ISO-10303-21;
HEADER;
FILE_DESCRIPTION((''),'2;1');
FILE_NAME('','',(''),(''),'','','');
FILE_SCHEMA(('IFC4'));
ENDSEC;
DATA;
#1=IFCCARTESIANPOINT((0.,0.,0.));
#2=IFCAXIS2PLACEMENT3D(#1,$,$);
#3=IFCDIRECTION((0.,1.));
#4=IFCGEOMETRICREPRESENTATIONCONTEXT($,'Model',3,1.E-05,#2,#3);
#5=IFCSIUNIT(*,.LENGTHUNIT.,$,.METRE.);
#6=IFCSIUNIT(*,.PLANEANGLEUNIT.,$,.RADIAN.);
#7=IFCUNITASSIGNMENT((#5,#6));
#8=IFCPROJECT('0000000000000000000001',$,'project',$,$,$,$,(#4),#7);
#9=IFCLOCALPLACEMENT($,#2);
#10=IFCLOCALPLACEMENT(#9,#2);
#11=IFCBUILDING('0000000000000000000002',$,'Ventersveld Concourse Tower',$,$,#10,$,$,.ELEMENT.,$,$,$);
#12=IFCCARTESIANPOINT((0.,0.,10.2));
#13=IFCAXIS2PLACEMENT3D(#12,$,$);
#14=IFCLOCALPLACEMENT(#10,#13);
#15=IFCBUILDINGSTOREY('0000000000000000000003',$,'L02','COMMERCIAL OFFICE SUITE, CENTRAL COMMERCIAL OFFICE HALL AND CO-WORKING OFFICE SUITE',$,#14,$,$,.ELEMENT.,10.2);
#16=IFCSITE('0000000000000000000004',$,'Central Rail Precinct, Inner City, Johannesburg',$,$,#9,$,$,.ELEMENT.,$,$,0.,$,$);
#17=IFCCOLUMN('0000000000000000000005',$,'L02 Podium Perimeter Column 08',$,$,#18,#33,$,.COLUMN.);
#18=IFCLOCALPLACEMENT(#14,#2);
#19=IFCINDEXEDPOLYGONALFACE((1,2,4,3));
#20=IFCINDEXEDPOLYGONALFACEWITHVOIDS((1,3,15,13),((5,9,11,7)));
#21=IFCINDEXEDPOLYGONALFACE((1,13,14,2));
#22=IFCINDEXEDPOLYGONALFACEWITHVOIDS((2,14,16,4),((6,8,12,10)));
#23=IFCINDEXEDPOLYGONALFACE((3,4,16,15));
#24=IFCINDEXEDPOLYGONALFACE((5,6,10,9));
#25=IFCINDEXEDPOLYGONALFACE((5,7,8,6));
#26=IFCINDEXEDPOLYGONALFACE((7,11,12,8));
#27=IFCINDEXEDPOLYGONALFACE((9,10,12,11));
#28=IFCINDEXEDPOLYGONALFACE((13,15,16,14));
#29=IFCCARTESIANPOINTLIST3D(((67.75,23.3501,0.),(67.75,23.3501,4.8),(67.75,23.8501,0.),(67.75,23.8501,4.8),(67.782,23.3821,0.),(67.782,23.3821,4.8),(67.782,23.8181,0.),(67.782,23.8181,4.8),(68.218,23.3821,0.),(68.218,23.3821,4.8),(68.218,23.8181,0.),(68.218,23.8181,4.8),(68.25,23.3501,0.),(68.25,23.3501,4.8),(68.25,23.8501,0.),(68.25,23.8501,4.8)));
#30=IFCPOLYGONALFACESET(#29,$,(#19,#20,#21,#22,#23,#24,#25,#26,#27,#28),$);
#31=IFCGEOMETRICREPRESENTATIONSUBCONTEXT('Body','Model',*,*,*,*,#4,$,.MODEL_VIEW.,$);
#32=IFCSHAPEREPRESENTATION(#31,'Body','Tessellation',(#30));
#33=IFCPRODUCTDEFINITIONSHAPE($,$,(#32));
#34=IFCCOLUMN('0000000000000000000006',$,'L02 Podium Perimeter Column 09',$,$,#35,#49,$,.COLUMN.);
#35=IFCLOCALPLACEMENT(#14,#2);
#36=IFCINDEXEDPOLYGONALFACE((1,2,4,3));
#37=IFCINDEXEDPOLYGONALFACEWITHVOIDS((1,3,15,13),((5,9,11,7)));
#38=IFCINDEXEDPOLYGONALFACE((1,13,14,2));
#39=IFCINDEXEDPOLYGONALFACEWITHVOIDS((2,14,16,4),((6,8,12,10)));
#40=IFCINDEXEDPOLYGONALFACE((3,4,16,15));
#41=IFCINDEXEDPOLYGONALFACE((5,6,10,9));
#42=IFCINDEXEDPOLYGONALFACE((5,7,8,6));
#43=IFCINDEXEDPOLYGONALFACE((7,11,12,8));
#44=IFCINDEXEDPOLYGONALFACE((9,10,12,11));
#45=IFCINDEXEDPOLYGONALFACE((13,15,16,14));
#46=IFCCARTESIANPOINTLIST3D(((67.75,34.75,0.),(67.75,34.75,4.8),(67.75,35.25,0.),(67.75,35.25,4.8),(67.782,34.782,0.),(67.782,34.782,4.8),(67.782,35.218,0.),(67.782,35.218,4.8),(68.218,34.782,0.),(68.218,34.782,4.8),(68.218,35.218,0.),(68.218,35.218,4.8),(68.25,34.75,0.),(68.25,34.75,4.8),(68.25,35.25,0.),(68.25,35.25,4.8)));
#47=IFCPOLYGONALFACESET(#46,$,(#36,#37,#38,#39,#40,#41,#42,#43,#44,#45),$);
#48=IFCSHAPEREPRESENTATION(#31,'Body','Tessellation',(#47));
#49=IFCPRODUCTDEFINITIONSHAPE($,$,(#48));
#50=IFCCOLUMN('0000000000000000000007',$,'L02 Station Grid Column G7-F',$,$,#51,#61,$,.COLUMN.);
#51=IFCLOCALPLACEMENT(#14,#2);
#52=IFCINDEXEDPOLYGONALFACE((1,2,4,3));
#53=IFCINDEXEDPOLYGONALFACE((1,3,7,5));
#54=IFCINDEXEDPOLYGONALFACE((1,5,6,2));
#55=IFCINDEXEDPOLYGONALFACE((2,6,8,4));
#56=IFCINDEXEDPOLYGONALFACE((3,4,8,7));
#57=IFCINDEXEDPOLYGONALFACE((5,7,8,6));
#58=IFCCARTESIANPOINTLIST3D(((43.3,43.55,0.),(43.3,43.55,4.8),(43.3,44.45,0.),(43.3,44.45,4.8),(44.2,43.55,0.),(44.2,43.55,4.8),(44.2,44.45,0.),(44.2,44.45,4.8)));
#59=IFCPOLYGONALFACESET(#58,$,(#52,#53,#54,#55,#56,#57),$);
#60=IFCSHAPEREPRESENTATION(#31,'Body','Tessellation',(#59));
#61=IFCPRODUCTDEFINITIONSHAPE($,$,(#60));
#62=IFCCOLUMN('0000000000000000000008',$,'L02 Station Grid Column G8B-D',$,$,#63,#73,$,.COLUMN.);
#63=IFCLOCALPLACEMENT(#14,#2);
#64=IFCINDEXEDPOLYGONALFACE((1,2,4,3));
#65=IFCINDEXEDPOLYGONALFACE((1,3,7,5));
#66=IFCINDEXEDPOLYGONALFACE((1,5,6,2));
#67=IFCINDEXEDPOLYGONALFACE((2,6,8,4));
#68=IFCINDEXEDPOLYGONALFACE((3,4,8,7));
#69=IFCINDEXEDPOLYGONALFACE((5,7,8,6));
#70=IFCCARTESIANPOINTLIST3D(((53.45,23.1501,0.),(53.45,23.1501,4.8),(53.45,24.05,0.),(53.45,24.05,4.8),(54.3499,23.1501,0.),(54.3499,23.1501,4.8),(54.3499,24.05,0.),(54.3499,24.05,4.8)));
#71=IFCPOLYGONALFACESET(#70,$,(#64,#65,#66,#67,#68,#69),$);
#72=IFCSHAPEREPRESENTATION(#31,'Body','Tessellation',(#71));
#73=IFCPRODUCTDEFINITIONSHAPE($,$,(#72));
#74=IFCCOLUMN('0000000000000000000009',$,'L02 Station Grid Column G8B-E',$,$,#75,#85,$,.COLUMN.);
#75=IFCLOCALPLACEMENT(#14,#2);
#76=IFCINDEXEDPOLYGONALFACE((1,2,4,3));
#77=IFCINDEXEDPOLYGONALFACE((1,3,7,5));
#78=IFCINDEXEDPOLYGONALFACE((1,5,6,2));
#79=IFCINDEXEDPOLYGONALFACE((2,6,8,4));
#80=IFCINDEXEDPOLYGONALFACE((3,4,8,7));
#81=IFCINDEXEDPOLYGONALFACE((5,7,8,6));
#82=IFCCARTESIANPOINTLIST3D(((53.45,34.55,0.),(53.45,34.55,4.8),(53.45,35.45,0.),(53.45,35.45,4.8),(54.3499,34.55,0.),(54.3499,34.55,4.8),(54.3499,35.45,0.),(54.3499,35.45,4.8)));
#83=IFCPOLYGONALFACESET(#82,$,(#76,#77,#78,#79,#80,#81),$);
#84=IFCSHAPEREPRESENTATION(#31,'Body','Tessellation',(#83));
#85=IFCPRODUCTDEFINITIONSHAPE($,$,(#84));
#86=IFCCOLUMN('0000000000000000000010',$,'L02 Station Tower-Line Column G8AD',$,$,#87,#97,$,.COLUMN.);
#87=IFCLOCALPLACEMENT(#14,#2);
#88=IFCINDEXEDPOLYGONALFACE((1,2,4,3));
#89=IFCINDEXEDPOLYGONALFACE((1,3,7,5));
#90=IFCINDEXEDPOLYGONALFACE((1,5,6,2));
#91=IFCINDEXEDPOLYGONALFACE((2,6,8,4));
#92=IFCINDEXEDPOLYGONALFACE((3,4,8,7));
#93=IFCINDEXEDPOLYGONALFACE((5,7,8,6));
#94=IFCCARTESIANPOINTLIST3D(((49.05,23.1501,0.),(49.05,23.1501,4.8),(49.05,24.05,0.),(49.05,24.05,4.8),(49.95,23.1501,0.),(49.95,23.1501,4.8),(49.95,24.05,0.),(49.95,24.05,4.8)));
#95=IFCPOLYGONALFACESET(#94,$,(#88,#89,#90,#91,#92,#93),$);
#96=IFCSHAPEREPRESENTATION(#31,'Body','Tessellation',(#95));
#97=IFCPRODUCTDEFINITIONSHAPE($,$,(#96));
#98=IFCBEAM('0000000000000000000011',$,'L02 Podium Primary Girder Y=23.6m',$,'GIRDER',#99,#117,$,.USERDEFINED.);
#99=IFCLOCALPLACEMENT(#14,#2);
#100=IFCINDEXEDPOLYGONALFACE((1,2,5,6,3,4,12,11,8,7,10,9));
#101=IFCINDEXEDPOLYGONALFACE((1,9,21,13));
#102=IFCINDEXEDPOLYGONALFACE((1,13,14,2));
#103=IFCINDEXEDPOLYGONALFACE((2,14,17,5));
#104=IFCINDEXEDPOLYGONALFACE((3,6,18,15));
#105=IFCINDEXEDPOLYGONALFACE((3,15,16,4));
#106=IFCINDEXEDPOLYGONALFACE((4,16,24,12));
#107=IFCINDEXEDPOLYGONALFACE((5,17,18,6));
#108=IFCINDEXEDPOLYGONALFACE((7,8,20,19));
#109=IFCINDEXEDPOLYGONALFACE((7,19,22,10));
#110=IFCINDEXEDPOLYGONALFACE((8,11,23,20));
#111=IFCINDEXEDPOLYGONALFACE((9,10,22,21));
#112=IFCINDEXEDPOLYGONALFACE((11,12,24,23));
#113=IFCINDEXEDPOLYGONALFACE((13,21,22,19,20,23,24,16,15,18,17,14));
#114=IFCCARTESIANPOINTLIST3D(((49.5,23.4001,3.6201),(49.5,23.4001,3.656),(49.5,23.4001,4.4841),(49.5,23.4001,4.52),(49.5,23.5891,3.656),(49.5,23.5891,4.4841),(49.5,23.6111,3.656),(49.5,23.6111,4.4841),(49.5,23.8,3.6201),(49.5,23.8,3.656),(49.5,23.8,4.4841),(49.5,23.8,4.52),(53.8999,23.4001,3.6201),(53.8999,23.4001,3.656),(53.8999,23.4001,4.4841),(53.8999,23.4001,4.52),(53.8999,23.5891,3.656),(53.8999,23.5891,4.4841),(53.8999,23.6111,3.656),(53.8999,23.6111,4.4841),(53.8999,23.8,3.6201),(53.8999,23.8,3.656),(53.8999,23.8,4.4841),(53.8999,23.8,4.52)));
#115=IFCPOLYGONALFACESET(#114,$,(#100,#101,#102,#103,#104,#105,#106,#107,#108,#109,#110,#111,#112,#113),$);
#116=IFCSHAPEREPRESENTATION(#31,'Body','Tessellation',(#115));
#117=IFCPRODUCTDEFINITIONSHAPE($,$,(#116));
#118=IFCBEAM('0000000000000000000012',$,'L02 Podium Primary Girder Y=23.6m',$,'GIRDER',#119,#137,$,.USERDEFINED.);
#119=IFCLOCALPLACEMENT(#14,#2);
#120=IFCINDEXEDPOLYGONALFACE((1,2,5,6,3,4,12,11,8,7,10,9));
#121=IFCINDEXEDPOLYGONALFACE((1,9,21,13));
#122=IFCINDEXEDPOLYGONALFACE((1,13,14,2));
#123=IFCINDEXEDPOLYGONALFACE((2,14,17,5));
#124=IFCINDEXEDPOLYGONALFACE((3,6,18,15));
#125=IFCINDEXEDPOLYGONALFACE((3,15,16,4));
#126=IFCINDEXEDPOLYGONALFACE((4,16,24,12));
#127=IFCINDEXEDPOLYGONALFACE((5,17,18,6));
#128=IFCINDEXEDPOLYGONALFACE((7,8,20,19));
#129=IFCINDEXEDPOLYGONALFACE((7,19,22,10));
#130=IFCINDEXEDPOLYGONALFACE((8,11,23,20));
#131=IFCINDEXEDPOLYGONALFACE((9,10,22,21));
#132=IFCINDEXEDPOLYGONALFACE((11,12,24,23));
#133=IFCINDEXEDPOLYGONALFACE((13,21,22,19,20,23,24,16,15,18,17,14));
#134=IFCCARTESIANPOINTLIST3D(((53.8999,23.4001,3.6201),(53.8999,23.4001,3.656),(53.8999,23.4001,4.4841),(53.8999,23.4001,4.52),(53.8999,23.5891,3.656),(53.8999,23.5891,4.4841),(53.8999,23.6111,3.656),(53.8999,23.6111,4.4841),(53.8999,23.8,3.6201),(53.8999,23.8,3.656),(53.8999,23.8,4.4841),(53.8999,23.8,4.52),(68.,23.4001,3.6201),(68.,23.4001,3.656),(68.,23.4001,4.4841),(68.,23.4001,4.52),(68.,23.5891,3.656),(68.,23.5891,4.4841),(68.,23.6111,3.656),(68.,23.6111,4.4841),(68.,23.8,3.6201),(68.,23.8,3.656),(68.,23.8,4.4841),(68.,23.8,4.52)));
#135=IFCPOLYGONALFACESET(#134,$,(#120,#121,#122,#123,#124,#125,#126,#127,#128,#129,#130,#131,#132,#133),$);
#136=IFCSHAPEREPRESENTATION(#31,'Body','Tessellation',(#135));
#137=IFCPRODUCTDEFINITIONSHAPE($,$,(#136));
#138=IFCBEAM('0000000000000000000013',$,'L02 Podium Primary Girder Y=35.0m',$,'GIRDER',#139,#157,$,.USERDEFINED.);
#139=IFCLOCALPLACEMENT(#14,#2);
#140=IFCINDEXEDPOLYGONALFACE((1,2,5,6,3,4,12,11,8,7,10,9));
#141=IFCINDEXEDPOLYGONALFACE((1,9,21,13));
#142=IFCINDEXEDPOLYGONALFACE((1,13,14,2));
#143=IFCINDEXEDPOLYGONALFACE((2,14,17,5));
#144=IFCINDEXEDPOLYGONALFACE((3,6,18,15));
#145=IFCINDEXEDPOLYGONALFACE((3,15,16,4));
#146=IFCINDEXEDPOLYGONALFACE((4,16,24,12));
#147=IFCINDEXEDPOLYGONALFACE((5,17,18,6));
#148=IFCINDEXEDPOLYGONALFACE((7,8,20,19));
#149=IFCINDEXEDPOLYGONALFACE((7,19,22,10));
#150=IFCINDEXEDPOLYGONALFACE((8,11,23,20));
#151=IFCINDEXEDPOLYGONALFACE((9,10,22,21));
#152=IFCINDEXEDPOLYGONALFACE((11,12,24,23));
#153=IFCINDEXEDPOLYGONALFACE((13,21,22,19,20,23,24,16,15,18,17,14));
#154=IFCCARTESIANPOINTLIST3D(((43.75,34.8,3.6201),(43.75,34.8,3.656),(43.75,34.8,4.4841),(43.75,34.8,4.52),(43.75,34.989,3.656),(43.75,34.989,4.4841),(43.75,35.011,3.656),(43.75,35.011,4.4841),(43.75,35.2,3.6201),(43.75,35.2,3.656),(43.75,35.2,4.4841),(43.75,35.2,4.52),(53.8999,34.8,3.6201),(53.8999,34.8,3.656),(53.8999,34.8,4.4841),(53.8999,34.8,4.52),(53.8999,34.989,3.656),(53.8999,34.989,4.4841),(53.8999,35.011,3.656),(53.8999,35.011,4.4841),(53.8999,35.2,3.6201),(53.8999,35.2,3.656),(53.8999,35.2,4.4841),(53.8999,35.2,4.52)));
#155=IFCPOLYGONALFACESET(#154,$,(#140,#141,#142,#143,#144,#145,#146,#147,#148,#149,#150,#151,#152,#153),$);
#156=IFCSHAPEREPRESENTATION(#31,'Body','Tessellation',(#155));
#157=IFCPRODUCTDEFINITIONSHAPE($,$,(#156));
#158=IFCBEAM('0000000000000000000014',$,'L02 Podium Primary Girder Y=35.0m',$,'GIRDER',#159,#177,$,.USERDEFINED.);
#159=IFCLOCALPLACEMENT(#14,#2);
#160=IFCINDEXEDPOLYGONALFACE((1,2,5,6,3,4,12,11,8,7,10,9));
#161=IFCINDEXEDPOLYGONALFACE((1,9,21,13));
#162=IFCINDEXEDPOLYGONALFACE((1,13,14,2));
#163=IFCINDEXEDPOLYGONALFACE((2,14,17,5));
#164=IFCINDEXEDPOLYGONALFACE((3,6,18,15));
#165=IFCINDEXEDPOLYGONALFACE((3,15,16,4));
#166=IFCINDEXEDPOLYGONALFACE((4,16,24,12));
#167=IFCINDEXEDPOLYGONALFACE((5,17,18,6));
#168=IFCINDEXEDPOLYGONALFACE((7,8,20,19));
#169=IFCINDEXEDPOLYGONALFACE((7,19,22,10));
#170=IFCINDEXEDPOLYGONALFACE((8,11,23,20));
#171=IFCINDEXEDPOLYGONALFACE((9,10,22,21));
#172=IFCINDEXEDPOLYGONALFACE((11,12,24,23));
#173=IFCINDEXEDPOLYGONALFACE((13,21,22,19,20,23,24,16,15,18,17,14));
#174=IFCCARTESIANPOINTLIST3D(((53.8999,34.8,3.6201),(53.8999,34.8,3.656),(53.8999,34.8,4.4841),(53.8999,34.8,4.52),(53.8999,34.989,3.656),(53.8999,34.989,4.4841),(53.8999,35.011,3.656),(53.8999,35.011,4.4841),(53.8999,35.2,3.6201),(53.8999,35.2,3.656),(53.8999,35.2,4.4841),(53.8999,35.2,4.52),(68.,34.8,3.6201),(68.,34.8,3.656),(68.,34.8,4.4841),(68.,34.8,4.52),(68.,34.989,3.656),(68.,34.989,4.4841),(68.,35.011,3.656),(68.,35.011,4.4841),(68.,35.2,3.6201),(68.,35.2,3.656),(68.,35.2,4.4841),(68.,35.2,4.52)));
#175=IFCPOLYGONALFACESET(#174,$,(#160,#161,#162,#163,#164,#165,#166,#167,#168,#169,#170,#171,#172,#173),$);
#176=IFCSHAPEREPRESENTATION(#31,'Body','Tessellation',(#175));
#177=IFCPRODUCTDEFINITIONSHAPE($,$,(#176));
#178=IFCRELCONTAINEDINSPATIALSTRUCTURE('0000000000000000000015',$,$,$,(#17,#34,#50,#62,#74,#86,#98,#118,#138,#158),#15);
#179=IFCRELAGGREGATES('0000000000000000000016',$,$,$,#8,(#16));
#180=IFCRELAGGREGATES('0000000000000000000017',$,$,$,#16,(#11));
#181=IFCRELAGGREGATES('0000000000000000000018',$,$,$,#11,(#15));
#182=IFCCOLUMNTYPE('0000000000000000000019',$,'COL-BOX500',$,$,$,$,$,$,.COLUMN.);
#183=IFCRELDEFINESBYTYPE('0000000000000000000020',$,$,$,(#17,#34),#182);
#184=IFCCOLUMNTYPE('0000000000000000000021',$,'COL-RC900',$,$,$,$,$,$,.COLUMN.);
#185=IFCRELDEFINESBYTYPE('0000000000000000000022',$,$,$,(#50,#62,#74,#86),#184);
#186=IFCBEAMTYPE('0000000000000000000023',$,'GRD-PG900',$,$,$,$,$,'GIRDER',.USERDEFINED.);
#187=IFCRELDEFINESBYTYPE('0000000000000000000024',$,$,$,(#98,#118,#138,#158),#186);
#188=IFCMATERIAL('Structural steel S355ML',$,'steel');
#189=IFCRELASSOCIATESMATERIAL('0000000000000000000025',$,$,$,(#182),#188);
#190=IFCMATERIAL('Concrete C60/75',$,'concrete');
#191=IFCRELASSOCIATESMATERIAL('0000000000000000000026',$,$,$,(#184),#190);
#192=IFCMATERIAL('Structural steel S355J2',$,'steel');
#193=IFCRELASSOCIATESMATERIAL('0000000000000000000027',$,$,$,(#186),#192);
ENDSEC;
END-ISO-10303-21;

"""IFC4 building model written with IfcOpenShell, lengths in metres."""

from ifc_helpers import new_model, si_unit, direction, frame, origin, origin_2d, place, context, subcontext, project, spatial, rectangle, hollow_rectangle, i_section, extrude, material, material_profile, profile_set, type_object, element, save


model = new_model("IFC4")

# Units and contexts
model_context = context("Model", 3, precision=1e-05, world=origin(), true_north=direction((0.0, 1.0)))
body_context = subcontext(model_context, "Body", "Model", "MODEL_VIEW")
ifc_project = project(units=[si_unit("LENGTHUNIT", "METRE"), si_unit("PLANEANGLEUNIT", "RADIAN")], contexts=[model_context])

# Site, building, storey
site_placement = place(None, origin())
site = spatial("IfcSite", under=ifc_project, at=site_placement, Name="Central Rail Precinct, Inner City, Johannesburg", CompositionType="ELEMENT", RefElevation=0.0)
building_placement = place(site_placement, origin())
building = spatial("IfcBuilding", under=site, at=building_placement, Name="Ventersveld Concourse Tower", CompositionType="ELEMENT")
storey_placement = place(building_placement, frame((0.0, 0.0, 10.2)))
storey = spatial("IfcBuildingStorey", under=building, at=storey_placement, Name="L02", Description="COMMERCIAL OFFICE SUITE, CENTRAL COMMERCIAL OFFICE HALL AND CO-WORKING OFFICE SUITE", CompositionType="ELEMENT", Elevation=10.2)

# Columns
ifc_material_1 = material(Name="Structural steel S355ML", Category="steel")
ifc_material_profile_1 = material_profile(ifc_material_1, hollow_rectangle(XDim=0.5, YDim=0.5, WallThickness=0.032, at=origin_2d()), Name="BOX 500x500x32")
ifc_profile_set_1 = profile_set([ifc_material_profile_1], Name="Structural steel S355ML")
column_type_1 = type_object("IfcColumnType", Name="COL-BOX500", PredefinedType="COLUMN", material=ifc_profile_set_1)
for number, where, z_axis, x_axis, name in (
    (1, (68.0, 23.6001, 0.0), (0.0, 0.0, 1.0), (1.0, 0.0, 0.0), "L02 Podium Perimeter Column 08"),
    (2, (68.0, 35.0, 0.0), (0.0, 0.0, 1.0), (1.0, 0.0, 0.0), "L02 Podium Perimeter Column 09"),
):
    element("IfcColumn", number, at=place(storey_placement, frame(where, z_axis=z_axis, x_axis=x_axis)), inside=storey, type_object=column_type_1, Name=name, PredefinedType="COLUMN", context=body_context, shape_type="SweptSolid", body=[
        extrude(hollow_rectangle(XDim=0.5, YDim=0.5, WallThickness=0.032, at=origin_2d()), origin(), (0.0, 0.0, 1.0), 4.8),
    ])
ifc_material_2 = material(Name="Concrete C60/75", Category="concrete")
ifc_material_profile_2 = material_profile(ifc_material_2, rectangle(XDim=0.8999, YDim=0.8999, at=origin_2d()), Name="RC 900x900")
ifc_profile_set_2 = profile_set([ifc_material_profile_2], Name="Concrete C60/75")
column_type_2 = type_object("IfcColumnType", Name="COL-RC900", PredefinedType="COLUMN", material=ifc_profile_set_2)
for number, where, z_axis, x_axis, name in (
    (3, (43.75, 44.0, 0.0), (0.0, 0.0, 1.0), (1.0, 0.0, 0.0), "L02 Station Grid Column G7-F"),
    (4, (53.8999, 23.6001, 0.0), (0.0, 0.0, 1.0), (1.0, 0.0, 0.0), "L02 Station Grid Column G8B-D"),
    (5, (53.8999, 35.0, 0.0), (0.0, 0.0, 1.0), (1.0, 0.0, 0.0), "L02 Station Grid Column G8B-E"),
    (6, (49.5, 23.6001, 0.0), (0.0, 0.0, 1.0), (1.0, 0.0, 0.0), "L02 Station Tower-Line Column G8AD"),
):
    element("IfcColumn", number, at=place(storey_placement, frame(where, z_axis=z_axis, x_axis=x_axis)), inside=storey, type_object=column_type_2, Name=name, PredefinedType="COLUMN", context=body_context, shape_type="SweptSolid", body=[
        extrude(rectangle(XDim=0.8999, YDim=0.8999, at=origin_2d()), origin(), (0.0, 0.0, 1.0), 4.8),
    ])

# Beams
ifc_material_3 = material(Name="Structural steel S355J2", Category="steel")
ifc_material_profile_3 = material_profile(ifc_material_3, i_section(OverallWidth=0.3999, OverallDepth=0.8999, WebThickness=0.022, FlangeThickness=0.0359, at=origin_2d()), Name="PG 900x400x36")
ifc_profile_set_3 = profile_set([ifc_material_profile_3], Name="Structural steel S355J2")
beam_type_1 = type_object("IfcBeamType", Name="GRD-PG900", ElementType="GIRDER", PredefinedType="USERDEFINED", material=ifc_profile_set_3)
beam_1_placement = place(storey_placement, frame((49.5, 23.6001, 4.0701), z_axis=(1.0, 0.0, 0.0), x_axis=(0.0, 1.0, 0.0)))
element("IfcBeam", 7, at=beam_1_placement, inside=storey, type_object=beam_type_1, Name="L02 Podium Primary Girder Y=23.6m", ObjectType="GIRDER", PredefinedType="USERDEFINED", context=body_context, shape_type="SweptSolid", body=[
    extrude(i_section(OverallWidth=0.3999, OverallDepth=0.8999, WebThickness=0.022, FlangeThickness=0.0359, at=origin_2d()), origin(), (0.0, 0.0, 1.0), 4.3999),
])
beam_2_placement = place(storey_placement, frame((53.8999, 23.6001, 4.0701), z_axis=(1.0, 0.0, 0.0), x_axis=(0.0, 1.0, 0.0)))
element("IfcBeam", 8, at=beam_2_placement, inside=storey, type_object=beam_type_1, Name="L02 Podium Primary Girder Y=23.6m", ObjectType="GIRDER", PredefinedType="USERDEFINED", context=body_context, shape_type="SweptSolid", body=[
    extrude(i_section(OverallWidth=0.3999, OverallDepth=0.8999, WebThickness=0.022, FlangeThickness=0.0359, at=origin_2d()), origin(), (0.0, 0.0, 1.0), 14.1001),
])
beam_3_placement = place(storey_placement, frame((43.75, 35.0, 4.0701), z_axis=(1.0, 0.0, 0.0), x_axis=(0.0, 1.0, 0.0)))
element("IfcBeam", 9, at=beam_3_placement, inside=storey, type_object=beam_type_1, Name="L02 Podium Primary Girder Y=35.0m", ObjectType="GIRDER", PredefinedType="USERDEFINED", context=body_context, shape_type="SweptSolid", body=[
    extrude(i_section(OverallWidth=0.3999, OverallDepth=0.8999, WebThickness=0.022, FlangeThickness=0.0359, at=origin_2d()), origin(), (0.0, 0.0, 1.0), 10.1499),
])
beam_4_placement = place(storey_placement, frame((53.8999, 35.0, 4.0701), z_axis=(1.0, 0.0, 0.0), x_axis=(0.0, 1.0, 0.0)))
element("IfcBeam", 10, at=beam_4_placement, inside=storey, type_object=beam_type_1, Name="L02 Podium Primary Girder Y=35.0m", ObjectType="GIRDER", PredefinedType="USERDEFINED", context=body_context, shape_type="SweptSolid", body=[
    extrude(i_section(OverallWidth=0.3999, OverallDepth=0.8999, WebThickness=0.022, FlangeThickness=0.0359, at=origin_2d()), origin(), (0.0, 0.0, 1.0), 14.1001),
])

save(model, "model.ifc")
